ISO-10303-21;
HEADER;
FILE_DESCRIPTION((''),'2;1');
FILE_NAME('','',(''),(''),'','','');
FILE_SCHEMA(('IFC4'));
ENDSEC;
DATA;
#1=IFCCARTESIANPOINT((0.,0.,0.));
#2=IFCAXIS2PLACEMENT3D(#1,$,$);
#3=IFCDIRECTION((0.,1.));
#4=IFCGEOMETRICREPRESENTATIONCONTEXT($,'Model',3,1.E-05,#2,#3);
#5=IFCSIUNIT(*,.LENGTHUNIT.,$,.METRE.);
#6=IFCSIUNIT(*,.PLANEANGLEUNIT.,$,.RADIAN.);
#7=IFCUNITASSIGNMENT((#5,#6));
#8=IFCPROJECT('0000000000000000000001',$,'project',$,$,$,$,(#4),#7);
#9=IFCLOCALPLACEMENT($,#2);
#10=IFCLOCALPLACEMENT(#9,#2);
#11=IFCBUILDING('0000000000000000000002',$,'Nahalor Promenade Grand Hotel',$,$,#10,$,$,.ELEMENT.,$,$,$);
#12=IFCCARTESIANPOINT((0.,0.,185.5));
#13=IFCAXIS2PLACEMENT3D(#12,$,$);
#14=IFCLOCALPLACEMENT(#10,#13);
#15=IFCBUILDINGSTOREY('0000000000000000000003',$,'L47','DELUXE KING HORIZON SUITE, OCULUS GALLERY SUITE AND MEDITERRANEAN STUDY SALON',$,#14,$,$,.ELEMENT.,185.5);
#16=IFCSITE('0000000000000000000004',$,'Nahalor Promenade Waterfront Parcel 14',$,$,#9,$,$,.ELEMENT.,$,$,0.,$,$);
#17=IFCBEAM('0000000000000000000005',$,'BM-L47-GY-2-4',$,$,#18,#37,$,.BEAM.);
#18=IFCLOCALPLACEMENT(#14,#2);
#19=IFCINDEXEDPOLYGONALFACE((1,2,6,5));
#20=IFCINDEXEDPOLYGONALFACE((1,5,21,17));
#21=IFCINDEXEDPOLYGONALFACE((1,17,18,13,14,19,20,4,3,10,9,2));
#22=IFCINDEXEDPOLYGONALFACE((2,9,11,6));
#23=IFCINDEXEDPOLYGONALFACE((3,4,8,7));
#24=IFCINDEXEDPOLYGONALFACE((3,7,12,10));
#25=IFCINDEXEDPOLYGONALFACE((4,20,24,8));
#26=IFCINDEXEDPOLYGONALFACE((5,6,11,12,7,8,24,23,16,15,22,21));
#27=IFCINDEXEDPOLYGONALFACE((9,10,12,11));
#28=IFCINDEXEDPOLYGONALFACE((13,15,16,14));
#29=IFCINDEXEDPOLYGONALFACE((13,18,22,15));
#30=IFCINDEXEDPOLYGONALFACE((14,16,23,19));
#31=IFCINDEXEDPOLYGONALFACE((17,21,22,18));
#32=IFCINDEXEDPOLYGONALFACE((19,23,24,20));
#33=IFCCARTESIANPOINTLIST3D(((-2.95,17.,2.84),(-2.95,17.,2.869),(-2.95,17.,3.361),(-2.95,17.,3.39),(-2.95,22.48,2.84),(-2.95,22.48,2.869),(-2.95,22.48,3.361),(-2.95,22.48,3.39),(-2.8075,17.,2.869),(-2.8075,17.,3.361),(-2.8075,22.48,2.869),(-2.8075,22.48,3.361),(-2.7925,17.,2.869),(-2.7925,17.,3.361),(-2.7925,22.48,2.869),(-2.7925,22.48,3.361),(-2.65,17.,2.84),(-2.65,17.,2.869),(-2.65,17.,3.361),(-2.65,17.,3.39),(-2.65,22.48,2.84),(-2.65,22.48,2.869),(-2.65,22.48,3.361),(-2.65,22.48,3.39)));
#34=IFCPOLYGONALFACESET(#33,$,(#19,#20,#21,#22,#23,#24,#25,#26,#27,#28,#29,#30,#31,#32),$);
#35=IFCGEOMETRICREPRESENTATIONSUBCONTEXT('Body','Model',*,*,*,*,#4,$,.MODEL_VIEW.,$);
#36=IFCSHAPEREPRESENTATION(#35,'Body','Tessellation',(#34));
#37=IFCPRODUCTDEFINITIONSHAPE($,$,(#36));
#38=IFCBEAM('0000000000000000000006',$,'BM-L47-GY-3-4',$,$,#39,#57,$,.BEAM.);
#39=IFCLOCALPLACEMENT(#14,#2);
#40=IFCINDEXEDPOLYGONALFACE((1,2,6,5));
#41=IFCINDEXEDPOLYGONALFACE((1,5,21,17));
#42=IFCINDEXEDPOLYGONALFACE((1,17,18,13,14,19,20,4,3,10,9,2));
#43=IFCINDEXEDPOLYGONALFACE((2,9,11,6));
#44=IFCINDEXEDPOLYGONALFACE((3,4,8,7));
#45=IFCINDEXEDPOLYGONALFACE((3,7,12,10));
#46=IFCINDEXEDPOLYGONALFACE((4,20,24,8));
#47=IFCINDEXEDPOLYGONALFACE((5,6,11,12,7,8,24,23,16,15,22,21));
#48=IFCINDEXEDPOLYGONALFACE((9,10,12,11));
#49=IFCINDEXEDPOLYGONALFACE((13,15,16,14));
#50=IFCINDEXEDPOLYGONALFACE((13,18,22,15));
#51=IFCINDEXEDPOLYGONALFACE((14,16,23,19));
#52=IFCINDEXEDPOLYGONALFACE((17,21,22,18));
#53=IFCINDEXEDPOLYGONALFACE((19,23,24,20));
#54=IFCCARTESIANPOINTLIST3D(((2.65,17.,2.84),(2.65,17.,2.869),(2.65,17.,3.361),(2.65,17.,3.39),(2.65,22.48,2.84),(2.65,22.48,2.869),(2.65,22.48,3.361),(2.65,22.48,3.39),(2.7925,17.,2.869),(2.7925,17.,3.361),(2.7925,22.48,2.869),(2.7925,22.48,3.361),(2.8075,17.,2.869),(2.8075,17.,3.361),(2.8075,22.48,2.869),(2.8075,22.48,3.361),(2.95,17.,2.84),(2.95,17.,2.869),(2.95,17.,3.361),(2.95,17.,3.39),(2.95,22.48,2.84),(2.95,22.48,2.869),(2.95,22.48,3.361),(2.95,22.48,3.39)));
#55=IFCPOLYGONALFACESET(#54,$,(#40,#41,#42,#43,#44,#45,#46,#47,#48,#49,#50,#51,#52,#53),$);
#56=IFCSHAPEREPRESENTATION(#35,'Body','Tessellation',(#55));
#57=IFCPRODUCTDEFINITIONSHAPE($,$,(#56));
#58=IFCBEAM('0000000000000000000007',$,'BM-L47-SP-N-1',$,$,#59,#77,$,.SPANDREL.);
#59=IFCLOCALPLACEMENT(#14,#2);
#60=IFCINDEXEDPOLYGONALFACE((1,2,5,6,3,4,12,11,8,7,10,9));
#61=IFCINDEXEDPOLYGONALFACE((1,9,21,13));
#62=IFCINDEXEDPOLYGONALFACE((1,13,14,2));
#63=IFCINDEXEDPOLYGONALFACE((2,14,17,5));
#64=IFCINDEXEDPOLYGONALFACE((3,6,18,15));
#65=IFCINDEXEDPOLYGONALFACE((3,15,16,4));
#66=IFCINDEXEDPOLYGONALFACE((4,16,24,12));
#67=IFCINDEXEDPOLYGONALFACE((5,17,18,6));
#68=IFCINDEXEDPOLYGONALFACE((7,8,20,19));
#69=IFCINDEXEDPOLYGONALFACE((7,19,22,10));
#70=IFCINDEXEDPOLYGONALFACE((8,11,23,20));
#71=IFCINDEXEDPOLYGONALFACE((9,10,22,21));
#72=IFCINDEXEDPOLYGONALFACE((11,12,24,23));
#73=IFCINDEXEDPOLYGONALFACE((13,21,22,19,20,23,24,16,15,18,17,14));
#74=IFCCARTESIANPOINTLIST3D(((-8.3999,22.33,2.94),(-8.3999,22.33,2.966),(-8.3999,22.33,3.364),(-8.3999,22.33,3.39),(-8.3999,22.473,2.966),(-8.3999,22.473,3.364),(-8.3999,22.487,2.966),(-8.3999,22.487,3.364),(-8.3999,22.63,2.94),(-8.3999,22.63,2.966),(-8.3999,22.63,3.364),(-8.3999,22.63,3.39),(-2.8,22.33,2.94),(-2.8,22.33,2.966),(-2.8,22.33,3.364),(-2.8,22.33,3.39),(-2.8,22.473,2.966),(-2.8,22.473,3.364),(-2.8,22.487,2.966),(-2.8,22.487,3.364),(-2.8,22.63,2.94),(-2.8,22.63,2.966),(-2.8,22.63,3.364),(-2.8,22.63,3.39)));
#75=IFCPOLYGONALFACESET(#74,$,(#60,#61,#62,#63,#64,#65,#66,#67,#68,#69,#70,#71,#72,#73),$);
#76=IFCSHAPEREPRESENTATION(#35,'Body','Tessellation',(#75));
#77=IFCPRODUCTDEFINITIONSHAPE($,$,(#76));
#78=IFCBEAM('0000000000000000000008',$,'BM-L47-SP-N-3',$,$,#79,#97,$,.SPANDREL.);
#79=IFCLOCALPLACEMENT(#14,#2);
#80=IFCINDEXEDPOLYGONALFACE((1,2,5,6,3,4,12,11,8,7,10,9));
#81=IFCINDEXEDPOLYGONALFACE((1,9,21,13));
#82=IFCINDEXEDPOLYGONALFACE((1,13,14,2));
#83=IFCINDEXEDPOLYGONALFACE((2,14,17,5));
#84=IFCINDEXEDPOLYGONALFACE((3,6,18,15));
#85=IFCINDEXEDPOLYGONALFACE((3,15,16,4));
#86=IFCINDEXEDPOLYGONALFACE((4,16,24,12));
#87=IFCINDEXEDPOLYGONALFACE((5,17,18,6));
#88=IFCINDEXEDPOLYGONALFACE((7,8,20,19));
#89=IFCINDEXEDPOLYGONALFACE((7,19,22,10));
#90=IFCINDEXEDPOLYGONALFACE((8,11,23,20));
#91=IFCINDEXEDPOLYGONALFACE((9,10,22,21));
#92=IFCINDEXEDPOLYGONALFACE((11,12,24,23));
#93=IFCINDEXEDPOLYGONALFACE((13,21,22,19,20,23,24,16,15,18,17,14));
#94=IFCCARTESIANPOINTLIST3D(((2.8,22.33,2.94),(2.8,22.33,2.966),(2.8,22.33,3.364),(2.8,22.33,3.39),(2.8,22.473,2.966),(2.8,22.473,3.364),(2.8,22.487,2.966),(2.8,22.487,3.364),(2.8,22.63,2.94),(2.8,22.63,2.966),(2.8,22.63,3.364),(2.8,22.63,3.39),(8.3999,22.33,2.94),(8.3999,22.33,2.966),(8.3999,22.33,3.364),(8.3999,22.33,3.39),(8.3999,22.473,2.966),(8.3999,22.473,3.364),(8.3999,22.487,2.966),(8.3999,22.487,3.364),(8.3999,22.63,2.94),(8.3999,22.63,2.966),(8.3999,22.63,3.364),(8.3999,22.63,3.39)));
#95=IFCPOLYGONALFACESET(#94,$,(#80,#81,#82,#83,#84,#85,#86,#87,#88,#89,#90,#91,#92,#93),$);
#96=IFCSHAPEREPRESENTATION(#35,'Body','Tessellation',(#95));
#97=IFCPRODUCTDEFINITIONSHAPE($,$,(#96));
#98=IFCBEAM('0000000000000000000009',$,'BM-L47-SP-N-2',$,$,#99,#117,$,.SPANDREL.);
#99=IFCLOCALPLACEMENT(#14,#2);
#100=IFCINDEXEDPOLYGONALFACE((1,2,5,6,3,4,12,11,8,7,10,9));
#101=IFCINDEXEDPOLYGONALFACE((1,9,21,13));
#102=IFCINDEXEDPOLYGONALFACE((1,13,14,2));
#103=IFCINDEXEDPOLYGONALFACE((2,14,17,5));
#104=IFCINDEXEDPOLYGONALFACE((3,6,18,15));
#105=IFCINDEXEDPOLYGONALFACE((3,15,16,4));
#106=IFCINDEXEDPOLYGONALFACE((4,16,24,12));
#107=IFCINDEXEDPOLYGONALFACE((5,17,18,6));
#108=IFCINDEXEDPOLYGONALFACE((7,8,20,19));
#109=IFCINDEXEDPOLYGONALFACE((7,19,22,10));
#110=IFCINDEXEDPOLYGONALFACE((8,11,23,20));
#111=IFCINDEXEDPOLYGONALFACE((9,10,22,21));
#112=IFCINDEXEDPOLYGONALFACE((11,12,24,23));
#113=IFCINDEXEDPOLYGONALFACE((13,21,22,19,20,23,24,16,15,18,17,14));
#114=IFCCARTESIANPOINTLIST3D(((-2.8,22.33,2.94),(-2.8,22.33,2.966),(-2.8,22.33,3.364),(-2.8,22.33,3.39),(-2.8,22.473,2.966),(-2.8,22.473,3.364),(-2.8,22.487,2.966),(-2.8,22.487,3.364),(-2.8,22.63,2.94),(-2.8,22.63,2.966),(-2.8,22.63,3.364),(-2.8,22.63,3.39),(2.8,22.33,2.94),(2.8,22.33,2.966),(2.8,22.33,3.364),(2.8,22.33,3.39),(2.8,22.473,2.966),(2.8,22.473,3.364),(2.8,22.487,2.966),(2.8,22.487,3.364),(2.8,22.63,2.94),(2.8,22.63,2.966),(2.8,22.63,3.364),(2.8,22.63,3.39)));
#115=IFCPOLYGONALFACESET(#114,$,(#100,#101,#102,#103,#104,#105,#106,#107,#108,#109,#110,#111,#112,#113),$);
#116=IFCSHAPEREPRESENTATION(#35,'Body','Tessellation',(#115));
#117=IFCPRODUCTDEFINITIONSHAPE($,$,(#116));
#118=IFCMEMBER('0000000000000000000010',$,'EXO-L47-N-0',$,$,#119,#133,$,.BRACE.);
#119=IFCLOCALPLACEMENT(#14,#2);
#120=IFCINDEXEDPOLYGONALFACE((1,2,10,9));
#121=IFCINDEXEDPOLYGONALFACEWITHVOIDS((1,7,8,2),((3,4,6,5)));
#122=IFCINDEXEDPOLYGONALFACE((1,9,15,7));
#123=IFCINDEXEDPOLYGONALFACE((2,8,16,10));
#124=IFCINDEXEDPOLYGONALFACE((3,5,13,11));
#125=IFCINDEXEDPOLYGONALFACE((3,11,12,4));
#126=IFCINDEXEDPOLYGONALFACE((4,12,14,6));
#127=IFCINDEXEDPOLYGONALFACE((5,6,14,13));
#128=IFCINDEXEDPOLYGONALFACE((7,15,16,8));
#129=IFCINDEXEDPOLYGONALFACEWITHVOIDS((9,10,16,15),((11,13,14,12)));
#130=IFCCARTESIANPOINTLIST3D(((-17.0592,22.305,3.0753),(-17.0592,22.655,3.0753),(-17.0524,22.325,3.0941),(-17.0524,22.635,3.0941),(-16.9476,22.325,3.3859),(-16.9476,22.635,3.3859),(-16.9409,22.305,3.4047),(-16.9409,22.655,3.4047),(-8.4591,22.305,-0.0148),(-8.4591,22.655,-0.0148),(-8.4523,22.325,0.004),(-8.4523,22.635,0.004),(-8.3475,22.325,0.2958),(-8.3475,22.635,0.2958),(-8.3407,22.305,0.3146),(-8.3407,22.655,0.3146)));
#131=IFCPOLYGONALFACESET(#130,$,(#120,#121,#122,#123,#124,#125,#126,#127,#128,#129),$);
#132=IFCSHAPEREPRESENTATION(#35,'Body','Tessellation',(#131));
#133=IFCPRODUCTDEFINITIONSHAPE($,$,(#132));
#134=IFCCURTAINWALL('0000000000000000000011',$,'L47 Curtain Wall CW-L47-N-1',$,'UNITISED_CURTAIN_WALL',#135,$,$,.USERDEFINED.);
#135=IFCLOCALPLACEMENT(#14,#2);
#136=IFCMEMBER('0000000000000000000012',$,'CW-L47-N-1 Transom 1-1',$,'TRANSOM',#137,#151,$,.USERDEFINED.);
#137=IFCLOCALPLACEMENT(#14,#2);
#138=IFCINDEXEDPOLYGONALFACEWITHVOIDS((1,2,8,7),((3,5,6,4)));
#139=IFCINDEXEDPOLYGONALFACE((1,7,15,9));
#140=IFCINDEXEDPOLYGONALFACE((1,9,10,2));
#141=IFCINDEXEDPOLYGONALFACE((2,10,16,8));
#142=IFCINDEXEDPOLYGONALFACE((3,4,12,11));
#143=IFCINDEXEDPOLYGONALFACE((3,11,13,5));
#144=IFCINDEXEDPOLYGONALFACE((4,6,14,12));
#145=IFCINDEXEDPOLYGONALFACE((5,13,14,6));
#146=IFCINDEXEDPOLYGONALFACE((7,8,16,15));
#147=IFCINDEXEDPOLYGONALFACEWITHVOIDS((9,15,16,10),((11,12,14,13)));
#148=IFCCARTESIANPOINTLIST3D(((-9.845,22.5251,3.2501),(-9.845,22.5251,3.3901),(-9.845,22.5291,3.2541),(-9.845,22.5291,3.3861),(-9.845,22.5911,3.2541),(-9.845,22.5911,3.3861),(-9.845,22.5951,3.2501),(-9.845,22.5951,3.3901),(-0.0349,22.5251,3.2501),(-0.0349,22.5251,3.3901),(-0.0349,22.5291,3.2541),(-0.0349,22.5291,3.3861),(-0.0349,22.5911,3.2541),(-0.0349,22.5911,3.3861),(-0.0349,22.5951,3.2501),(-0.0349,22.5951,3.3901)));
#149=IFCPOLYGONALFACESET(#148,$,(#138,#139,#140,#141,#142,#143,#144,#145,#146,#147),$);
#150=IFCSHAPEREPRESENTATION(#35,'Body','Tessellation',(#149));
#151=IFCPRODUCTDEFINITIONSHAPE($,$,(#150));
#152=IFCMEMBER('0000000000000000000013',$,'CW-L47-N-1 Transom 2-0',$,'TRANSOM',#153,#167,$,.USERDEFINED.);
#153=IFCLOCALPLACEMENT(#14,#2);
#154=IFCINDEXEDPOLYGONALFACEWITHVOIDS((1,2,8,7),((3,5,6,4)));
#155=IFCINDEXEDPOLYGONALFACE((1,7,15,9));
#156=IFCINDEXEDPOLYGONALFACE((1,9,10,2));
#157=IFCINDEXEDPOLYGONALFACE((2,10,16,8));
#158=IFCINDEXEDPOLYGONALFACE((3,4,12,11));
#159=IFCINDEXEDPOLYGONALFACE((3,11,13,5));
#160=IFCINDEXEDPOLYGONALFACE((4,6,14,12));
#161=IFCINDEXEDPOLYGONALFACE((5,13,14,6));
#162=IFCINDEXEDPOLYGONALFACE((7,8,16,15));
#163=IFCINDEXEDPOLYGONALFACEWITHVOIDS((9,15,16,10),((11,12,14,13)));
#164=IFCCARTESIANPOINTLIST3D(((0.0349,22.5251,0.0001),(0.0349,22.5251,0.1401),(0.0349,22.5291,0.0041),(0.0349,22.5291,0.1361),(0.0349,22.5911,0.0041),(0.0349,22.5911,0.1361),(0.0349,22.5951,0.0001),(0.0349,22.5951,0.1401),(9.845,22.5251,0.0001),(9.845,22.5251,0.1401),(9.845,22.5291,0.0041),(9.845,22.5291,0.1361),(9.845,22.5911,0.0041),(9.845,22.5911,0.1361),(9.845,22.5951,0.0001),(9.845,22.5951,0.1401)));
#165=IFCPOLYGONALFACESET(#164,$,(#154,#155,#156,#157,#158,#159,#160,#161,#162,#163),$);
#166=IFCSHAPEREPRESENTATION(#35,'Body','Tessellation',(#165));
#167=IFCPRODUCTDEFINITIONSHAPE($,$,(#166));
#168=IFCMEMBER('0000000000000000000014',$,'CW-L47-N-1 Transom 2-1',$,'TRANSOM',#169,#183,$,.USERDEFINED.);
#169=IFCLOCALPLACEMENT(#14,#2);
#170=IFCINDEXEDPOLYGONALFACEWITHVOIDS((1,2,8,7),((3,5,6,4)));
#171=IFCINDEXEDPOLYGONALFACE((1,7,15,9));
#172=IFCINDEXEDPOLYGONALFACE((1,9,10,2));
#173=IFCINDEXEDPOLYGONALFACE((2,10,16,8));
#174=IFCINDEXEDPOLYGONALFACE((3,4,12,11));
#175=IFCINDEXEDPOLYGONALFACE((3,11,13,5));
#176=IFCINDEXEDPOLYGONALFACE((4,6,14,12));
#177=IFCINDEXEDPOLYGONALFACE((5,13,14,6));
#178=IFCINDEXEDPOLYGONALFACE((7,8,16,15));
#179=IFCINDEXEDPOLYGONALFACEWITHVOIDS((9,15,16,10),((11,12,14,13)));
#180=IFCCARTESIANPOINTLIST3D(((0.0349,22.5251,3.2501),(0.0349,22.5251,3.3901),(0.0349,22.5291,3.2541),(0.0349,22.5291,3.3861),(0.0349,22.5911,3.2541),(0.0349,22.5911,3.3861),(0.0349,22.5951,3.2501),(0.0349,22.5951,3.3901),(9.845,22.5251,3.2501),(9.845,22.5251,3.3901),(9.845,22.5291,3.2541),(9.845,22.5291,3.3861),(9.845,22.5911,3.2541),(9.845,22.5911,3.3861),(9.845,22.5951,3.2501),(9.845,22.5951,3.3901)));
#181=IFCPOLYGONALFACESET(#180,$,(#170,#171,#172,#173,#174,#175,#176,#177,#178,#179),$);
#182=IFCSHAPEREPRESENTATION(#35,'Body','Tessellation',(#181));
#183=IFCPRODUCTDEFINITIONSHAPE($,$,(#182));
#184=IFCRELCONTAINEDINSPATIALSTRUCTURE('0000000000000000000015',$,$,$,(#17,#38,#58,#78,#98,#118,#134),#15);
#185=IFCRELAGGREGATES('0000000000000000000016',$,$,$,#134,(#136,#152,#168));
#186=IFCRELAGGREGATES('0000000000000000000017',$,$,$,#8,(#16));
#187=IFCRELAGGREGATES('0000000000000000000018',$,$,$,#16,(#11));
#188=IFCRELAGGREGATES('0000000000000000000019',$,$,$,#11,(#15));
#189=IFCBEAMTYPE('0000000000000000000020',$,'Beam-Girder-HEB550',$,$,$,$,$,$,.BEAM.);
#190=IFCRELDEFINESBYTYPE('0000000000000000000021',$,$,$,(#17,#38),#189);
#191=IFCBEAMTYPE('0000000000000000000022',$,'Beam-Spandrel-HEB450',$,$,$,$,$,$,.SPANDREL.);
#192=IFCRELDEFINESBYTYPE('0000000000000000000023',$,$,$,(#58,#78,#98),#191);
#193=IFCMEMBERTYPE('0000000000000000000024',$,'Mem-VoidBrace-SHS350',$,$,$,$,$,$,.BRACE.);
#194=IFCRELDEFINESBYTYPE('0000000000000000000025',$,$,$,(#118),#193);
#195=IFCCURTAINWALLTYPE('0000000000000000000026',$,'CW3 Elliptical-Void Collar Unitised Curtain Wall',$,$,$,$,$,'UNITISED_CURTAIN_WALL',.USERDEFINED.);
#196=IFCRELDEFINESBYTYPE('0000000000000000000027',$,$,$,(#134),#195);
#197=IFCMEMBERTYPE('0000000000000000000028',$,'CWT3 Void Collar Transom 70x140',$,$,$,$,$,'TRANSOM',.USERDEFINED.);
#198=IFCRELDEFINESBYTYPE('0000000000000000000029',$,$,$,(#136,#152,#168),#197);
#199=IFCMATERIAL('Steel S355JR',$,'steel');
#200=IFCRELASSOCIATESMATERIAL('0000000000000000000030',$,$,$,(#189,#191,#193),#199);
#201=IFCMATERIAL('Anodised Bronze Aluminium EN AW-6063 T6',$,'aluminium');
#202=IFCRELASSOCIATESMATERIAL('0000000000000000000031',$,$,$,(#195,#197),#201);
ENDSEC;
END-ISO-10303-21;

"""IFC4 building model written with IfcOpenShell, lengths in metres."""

from ifc_helpers import new_model, si_unit, direction, frame, origin, origin_2d, place, context, subcontext, project, spatial, hollow_rectangle, i_section, extrude, source, transform, mapped, material, material_profile, profile_set, type_object, element, aggregate, save


model = new_model("IFC4")

# Units and contexts
model_context = context("Model", 3, precision=1e-05, world=origin(), true_north=direction((0.0, 1.0)))
body_context = subcontext(model_context, "Body", "Model", "MODEL_VIEW")
ifc_project = project(units=[si_unit("LENGTHUNIT", "METRE"), si_unit("PLANEANGLEUNIT", "RADIAN")], contexts=[model_context])

# Site, building, storey
site_placement = place(None, origin())
site = spatial("IfcSite", under=ifc_project, at=site_placement, Name="Nahalor Promenade Waterfront Parcel 14", CompositionType="ELEMENT", RefElevation=0.0)
building_placement = place(site_placement, origin())
building = spatial("IfcBuilding", under=site, at=building_placement, Name="Nahalor Promenade Grand Hotel", CompositionType="ELEMENT")
storey_placement = place(building_placement, frame((0.0, 0.0, 185.5)))
storey = spatial("IfcBuildingStorey", under=building, at=storey_placement, Name="L47", Description="DELUXE KING HORIZON SUITE, OCULUS GALLERY SUITE AND MEDITERRANEAN STUDY SALON", CompositionType="ELEMENT", Elevation=185.5)

# Beams
ifc_material_1 = material(Name="Steel S355JR", Category="steel")
ifc_material_profile_1 = material_profile(ifc_material_1, i_section(OverallWidth=0.3, OverallDepth=0.55, WebThickness=0.015, FlangeThickness=0.029, at=origin_2d()), Name="HEB 550")
ifc_profile_set_1 = profile_set([ifc_material_profile_1], Name="Steel S355JR")
beam_type_1 = type_object("IfcBeamType", Name="Beam-Girder-HEB550", PredefinedType="BEAM", material=ifc_profile_set_1)
shared_shape_1 = source(origin(), body_context, "Body", "SweptSolid", [
    extrude(i_section(OverallWidth=0.3, OverallDepth=0.55, WebThickness=0.015, FlangeThickness=0.029, at=origin_2d()), origin(), (0.0, 0.0, 1.0), 5.48),
])
for number, where, z_axis, x_axis, name in (
    (1, (-2.8, 17.0, 3.115), (0.0, 1.0, 0.0), (-1.0, 0.0, 0.0), "BM-L47-GY-2-4"),
    (2, (2.8, 17.0, 3.115), (0.0, 1.0, 0.0), (-1.0, 0.0, 0.0), "BM-L47-GY-3-4"),
):
    element("IfcBeam", number, at=place(storey_placement, frame(where, z_axis=z_axis, x_axis=x_axis)), inside=storey, type_object=beam_type_1, Name=name, PredefinedType="BEAM", context=body_context, shape_type="MappedRepresentation", body=[
        mapped(shared_shape_1, transform((0.0, 0.0, 0.0), scale=1.0)),
    ])
ifc_material_profile_2 = material_profile(ifc_material_1, i_section(OverallWidth=0.3, OverallDepth=0.45, WebThickness=0.014, FlangeThickness=0.026, at=origin_2d()), Name="HEB 450")
ifc_profile_set_2 = profile_set([ifc_material_profile_2], Name="Steel S355JR")
beam_type_2 = type_object("IfcBeamType", Name="Beam-Spandrel-HEB450", PredefinedType="SPANDREL", material=ifc_profile_set_2)
shared_shape_2 = source(origin(), body_context, "Body", "SweptSolid", [
    extrude(i_section(OverallWidth=0.3, OverallDepth=0.45, WebThickness=0.014, FlangeThickness=0.026, at=origin_2d()), origin(), (0.0, 0.0, 1.0), 5.5999),
])
for number, where, z_axis, x_axis, name in (
    (3, (-8.3999, 22.48, 3.165), (1.0, 0.0, 0.0), (0.0, 1.0, 0.0), "BM-L47-SP-N-1"),
    (4, (2.8, 22.48, 3.165), (1.0, 0.0, 0.0), (0.0, 1.0, 0.0), "BM-L47-SP-N-3"),
):
    element("IfcBeam", number, at=place(storey_placement, frame(where, z_axis=z_axis, x_axis=x_axis)), inside=storey, type_object=beam_type_2, Name=name, PredefinedType="SPANDREL", context=body_context, shape_type="MappedRepresentation", body=[
        mapped(shared_shape_2, transform((0.0, 0.0, 0.0), scale=1.0)),
    ])
shared_shape_3 = source(origin(), body_context, "Body", "SweptSolid", [
    extrude(i_section(OverallWidth=0.3, OverallDepth=0.45, WebThickness=0.014, FlangeThickness=0.026, at=origin_2d()), origin(), (0.0, 0.0, 1.0), 5.6001),
])
beam_1_placement = place(storey_placement, frame((-2.8, 22.48, 3.165), z_axis=(1.0, 0.0, 0.0), x_axis=(0.0, 1.0, 0.0)))
element("IfcBeam", 5, at=beam_1_placement, inside=storey, type_object=beam_type_2, Name="BM-L47-SP-N-2", PredefinedType="SPANDREL", context=body_context, shape_type="MappedRepresentation", body=[
    mapped(shared_shape_3, transform((0.0, 0.0, 0.0), scale=1.0)),
])

# Member
ifc_material_profile_3 = material_profile(ifc_material_1, hollow_rectangle(XDim=0.35, YDim=0.35, WallThickness=0.02, at=origin_2d()), Name="SHS 350x350x20")
ifc_profile_set_3 = profile_set([ifc_material_profile_3], Name="Steel S355JR")
member_type_1 = type_object("IfcMemberType", Name="Mem-VoidBrace-SHS350", PredefinedType="BRACE", material=ifc_profile_set_3)
shared_shape_4 = source(origin(), body_context, "Body", "SweptSolid", [
    extrude(hollow_rectangle(XDim=0.35, YDim=0.35, WallThickness=0.02, at=origin_2d()), origin(), (0.0, 0.0, 1.0), 9.1384),
])
member_1_placement = place(storey_placement, frame((-8.3999, 22.48, 0.1499), z_axis=(-0.941095, 0.0, 0.338143), x_axis=(0.0, -1.0, 0.0)))
element("IfcMember", 6, at=member_1_placement, inside=storey, type_object=member_type_1, Name="EXO-L47-N-0", PredefinedType="BRACE", context=body_context, shape_type="MappedRepresentation", body=[
    mapped(shared_shape_4, transform((0.0, 0.0, 0.0), scale=1.0)),
])

# Curtain wall, members
ifc_material_2 = material(Name="Anodised Bronze Aluminium EN AW-6063 T6", Category="aluminium")
curtain_wall_type = type_object("IfcCurtainWallType", Name="CW3 Elliptical-Void Collar Unitised Curtain Wall", ElementType="UNITISED_CURTAIN_WALL", PredefinedType="USERDEFINED", material=ifc_material_2)
curtain_wall_placement = place(storey_placement, origin())
curtain_wall = element("IfcCurtainWall", 7, at=curtain_wall_placement, inside=storey, type_object=curtain_wall_type, Name="L47 Curtain Wall CW-L47-N-1", ObjectType="UNITISED_CURTAIN_WALL", PredefinedType="USERDEFINED")
ifc_material_profile_4 = material_profile(ifc_material_2, hollow_rectangle(XDim=0.07, YDim=0.14, WallThickness=0.004, at=origin_2d()), Name="CWT 70x140x4")
ifc_profile_set_4 = profile_set([ifc_material_profile_4], Name="Anodised Bronze Aluminium EN AW-6063 T6")
member_type_2 = type_object("IfcMemberType", Name="CWT3 Void Collar Transom 70x140", ElementType="TRANSOM", PredefinedType="USERDEFINED", material=ifc_profile_set_4)
shared_shape_5 = source(origin(), body_context, "Body", "SweptSolid", [
    extrude(hollow_rectangle(XDim=0.07, YDim=0.14, WallThickness=0.004, at=origin_2d()), origin(), (0.0, 0.0, 1.0), 9.8101),
])
member_2_placement = place(storey_placement, frame((-9.845, 22.5601, 3.3201), z_axis=(1.0, 0.0, 0.0), x_axis=(0.0, 1.0, 0.0)))
member_2 = element("IfcMember", 8, at=member_2_placement, type_object=member_type_2, Name="CW-L47-N-1 Transom 1-1", ObjectType="TRANSOM", PredefinedType="USERDEFINED", context=body_context, shape_type="MappedRepresentation", body=[
    mapped(shared_shape_5, transform((0.0, 0.0, 0.0), scale=1.0)),
])
member_3_placement = place(storey_placement, frame((0.0349, 22.5601, 0.0701), z_axis=(1.0, 0.0, 0.0), x_axis=(0.0, 1.0, 0.0)))
member_3 = element("IfcMember", 9, at=member_3_placement, type_object=member_type_2, Name="CW-L47-N-1 Transom 2-0", ObjectType="TRANSOM", PredefinedType="USERDEFINED", context=body_context, shape_type="MappedRepresentation", body=[
    mapped(shared_shape_5, transform((0.0, 0.0, 0.0), scale=1.0)),
])
member_4_placement = place(storey_placement, frame((0.0349, 22.5601, 3.3201), z_axis=(1.0, 0.0, 0.0), x_axis=(0.0, 1.0, 0.0)))
member_4 = element("IfcMember", 10, at=member_4_placement, type_object=member_type_2, Name="CW-L47-N-1 Transom 2-1", ObjectType="TRANSOM", PredefinedType="USERDEFINED", context=body_context, shape_type="MappedRepresentation", body=[
    mapped(shared_shape_5, transform((0.0, 0.0, 0.0), scale=1.0)),
])
aggregate(curtain_wall, [member_2, member_3, member_4])

save(model, "model.ifc")
